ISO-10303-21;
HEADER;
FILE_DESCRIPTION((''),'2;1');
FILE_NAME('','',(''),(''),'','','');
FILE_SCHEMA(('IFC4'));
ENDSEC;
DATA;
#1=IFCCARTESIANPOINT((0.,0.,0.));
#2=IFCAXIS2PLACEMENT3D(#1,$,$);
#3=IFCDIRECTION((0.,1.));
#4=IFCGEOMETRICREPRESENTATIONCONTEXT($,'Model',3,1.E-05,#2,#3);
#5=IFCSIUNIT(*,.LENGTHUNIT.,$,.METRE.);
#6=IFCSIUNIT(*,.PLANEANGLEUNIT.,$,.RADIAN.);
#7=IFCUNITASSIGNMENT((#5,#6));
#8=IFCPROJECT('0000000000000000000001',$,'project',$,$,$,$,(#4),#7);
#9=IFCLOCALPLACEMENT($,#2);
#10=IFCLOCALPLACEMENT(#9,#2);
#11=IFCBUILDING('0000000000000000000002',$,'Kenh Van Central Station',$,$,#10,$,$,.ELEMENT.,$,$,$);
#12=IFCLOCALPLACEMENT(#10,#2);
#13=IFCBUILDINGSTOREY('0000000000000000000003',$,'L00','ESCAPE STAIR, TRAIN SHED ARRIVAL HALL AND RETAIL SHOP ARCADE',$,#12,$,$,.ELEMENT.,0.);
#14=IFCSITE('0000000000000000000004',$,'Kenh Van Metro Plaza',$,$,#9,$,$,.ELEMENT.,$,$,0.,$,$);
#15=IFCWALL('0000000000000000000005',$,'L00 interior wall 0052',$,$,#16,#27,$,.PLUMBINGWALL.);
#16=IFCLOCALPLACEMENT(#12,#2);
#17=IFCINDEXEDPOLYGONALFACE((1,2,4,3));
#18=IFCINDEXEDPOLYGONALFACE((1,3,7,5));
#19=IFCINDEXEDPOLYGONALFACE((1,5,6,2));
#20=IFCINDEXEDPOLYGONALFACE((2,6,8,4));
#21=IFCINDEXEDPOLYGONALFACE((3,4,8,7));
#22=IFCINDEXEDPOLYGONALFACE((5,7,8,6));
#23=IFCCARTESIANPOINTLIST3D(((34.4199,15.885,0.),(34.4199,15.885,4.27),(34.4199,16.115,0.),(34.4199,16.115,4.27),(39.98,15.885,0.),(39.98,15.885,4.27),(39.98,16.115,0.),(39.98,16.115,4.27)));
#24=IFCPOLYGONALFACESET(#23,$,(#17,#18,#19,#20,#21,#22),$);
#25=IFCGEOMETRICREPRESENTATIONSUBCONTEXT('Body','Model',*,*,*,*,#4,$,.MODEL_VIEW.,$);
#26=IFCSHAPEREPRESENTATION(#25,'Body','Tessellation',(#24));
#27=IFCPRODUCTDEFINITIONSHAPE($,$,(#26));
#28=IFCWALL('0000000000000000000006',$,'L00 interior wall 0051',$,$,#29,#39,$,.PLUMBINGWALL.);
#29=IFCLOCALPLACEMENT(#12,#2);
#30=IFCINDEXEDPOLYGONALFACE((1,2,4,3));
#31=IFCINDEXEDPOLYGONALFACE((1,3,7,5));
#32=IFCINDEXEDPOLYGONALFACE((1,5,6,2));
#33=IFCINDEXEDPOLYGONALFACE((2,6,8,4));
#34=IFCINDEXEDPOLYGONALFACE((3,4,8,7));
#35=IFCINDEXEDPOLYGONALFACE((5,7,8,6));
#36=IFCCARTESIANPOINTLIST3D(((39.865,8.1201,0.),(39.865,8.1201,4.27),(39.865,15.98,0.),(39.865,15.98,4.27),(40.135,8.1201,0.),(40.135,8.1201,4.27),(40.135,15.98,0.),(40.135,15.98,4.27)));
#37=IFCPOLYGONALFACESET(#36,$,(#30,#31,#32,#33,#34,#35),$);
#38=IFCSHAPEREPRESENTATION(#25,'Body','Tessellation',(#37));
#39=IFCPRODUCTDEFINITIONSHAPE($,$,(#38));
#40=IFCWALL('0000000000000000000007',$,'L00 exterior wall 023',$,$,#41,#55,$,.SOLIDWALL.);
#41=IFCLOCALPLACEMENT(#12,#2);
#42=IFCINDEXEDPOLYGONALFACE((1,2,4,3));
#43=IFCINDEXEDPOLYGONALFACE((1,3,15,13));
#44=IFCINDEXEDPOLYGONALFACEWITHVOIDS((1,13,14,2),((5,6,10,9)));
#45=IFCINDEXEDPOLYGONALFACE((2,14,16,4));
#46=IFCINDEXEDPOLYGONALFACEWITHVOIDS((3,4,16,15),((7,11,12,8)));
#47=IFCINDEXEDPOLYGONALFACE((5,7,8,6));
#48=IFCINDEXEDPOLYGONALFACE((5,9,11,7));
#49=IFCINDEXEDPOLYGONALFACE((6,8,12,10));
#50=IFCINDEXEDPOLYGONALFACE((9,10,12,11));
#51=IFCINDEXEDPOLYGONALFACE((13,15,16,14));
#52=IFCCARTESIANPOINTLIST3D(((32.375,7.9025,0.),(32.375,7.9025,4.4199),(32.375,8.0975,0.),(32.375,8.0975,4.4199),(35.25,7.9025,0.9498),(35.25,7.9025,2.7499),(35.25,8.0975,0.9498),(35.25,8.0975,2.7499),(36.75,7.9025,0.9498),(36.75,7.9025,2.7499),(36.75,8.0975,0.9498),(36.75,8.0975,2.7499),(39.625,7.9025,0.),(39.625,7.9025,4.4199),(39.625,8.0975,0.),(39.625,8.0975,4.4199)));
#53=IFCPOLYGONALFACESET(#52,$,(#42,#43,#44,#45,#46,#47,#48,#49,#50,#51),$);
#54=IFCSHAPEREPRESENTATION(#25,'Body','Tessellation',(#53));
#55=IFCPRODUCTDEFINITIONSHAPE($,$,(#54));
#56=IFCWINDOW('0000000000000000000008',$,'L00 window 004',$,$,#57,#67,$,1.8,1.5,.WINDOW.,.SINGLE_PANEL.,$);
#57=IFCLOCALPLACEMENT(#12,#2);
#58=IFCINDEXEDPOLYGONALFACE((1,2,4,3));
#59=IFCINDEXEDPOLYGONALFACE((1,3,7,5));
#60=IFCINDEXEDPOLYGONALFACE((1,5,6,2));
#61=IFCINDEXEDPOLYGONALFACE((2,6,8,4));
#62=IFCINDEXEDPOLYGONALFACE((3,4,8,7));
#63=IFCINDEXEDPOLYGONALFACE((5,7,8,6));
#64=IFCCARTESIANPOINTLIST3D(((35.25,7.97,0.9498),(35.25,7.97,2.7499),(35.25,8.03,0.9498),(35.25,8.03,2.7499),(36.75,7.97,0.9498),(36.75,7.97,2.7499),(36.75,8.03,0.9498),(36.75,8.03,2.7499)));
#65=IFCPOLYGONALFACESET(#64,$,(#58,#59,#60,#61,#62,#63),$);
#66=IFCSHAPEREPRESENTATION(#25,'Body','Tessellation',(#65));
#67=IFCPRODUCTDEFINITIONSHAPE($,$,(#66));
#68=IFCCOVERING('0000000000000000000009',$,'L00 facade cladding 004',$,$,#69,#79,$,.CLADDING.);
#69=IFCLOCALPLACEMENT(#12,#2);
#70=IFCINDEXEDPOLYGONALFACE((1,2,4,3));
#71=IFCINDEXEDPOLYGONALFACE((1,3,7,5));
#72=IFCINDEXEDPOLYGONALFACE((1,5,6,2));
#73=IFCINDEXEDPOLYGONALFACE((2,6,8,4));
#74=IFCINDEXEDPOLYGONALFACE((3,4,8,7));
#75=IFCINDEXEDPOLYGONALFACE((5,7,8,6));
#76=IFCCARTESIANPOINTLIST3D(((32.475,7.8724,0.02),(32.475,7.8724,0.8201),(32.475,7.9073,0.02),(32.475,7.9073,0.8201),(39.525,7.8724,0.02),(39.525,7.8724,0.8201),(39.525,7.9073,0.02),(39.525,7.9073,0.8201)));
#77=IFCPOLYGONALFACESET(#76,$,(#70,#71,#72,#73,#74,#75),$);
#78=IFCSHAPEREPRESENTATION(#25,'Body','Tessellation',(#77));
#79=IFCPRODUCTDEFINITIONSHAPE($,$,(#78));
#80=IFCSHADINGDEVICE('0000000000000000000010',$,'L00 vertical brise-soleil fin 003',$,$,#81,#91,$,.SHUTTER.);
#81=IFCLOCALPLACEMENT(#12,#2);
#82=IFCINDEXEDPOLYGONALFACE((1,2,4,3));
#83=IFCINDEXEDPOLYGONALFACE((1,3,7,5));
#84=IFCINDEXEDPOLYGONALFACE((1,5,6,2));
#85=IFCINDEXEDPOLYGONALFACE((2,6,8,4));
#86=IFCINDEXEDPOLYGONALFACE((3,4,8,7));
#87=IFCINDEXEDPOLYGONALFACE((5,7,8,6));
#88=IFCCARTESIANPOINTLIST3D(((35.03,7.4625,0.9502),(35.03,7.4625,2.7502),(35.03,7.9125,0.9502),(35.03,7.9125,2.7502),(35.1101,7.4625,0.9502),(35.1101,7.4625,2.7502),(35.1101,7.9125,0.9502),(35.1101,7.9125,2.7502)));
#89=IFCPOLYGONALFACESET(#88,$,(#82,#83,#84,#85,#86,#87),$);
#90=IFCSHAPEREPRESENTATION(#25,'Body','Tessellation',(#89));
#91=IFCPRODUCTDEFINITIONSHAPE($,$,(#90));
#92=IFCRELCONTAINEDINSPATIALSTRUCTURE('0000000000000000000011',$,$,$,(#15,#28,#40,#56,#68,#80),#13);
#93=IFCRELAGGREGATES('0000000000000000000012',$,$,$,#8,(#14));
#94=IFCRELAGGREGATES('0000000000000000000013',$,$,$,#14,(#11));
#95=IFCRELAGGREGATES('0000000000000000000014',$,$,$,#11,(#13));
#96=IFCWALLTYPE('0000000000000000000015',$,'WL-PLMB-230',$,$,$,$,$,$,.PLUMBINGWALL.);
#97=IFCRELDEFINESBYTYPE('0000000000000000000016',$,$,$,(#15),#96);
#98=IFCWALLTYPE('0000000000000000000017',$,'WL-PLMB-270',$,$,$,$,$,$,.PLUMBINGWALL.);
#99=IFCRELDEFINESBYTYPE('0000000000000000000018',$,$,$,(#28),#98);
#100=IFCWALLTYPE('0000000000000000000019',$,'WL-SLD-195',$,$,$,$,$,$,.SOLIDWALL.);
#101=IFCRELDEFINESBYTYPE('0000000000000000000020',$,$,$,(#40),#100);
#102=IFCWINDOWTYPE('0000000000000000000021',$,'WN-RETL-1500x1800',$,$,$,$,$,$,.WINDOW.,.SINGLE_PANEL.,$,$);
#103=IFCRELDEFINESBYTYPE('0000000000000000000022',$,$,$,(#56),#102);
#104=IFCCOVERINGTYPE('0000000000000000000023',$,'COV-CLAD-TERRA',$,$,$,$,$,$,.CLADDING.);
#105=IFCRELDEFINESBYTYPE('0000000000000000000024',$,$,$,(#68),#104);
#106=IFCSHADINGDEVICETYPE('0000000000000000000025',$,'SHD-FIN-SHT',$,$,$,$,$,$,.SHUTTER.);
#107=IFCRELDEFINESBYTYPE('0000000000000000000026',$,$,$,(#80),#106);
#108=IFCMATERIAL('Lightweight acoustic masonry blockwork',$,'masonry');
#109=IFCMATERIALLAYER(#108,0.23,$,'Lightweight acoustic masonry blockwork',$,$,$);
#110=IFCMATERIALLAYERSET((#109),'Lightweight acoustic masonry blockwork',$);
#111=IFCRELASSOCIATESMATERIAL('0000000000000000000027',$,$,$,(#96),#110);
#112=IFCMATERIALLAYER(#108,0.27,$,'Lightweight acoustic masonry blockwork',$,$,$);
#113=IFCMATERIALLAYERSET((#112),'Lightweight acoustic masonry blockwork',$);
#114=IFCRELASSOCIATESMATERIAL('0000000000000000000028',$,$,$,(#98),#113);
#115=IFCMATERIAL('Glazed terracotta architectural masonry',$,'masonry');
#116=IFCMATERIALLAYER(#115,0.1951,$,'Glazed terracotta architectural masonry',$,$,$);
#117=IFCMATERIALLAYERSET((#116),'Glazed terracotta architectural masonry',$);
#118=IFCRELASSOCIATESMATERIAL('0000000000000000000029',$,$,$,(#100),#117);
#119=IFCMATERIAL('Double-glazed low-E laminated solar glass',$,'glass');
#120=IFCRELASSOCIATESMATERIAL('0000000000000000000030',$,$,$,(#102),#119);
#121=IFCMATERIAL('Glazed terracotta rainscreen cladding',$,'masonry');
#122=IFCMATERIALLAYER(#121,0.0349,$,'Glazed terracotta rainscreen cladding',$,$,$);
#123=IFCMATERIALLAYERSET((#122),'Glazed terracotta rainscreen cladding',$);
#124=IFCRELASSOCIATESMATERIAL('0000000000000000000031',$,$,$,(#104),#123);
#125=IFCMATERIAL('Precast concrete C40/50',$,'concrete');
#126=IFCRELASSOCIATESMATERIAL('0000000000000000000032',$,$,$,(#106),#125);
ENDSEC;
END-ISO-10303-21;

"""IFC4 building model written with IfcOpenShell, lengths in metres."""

from ifc_helpers import new_model, si_unit, direction, frame, frame_2d, origin, origin_2d, place, context, subcontext, project, spatial, rectangle, extrude, material, layer, layer_set, type_object, element, fill, save


model = new_model("IFC4")

# Units and contexts
model_context = context("Model", 3, precision=1e-05, world=origin(), true_north=direction((0.0, 1.0)))
body_context = subcontext(model_context, "Body", "Model", "MODEL_VIEW")
ifc_project = project(units=[si_unit("LENGTHUNIT", "METRE"), si_unit("PLANEANGLEUNIT", "RADIAN")], contexts=[model_context])

# Site, building, storey
site_placement = place(None, origin())
site = spatial("IfcSite", under=ifc_project, at=site_placement, Name="Kenh Van Metro Plaza", CompositionType="ELEMENT", RefElevation=0.0)
building_placement = place(site_placement, origin())
building = spatial("IfcBuilding", under=site, at=building_placement, Name="Kenh Van Central Station", CompositionType="ELEMENT")
storey_placement = place(building_placement, origin())
storey = spatial("IfcBuildingStorey", under=building, at=storey_placement, Name="L00", Description="ESCAPE STAIR, TRAIN SHED ARRIVAL HALL AND RETAIL SHOP ARCADE", CompositionType="ELEMENT", Elevation=0.0)

# Shared definitions
ifc_material_1 = material(Name="Lightweight acoustic masonry blockwork", Category="masonry")

# Walls
ifc_layer_1 = layer(ifc_material_1, 0.23, Name="Lightweight acoustic masonry blockwork")
ifc_layer_set_1 = layer_set([ifc_layer_1], Name="Lightweight acoustic masonry blockwork")
wall_type_1 = type_object("IfcWallType", Name="WL-PLMB-230", PredefinedType="PLUMBINGWALL", material=ifc_layer_set_1)
wall_1_placement = place(storey_placement, frame((34.4199, 16.0, 0.0), z_axis=(0.0, 0.0, 1.0), x_axis=(1.0, 0.0, 0.0)))
element("IfcWall", 1, at=wall_1_placement, inside=storey, type_object=wall_type_1, Name="L00 interior wall 0052", PredefinedType="PLUMBINGWALL", context=body_context, shape_type="SweptSolid", body=[
    extrude(rectangle(XDim=5.5601, YDim=0.23, at=frame_2d((2.78, 0.0))), origin(), (0.0, 0.0, 1.0), 4.27),
])
ifc_layer_2 = layer(ifc_material_1, 0.27, Name="Lightweight acoustic masonry blockwork")
ifc_layer_set_2 = layer_set([ifc_layer_2], Name="Lightweight acoustic masonry blockwork")
wall_type_2 = type_object("IfcWallType", Name="WL-PLMB-270", PredefinedType="PLUMBINGWALL", material=ifc_layer_set_2)
wall_2_placement = place(storey_placement, frame((40.0, 8.1201, 0.0), z_axis=(0.0, 0.0, 1.0), x_axis=(0.0, 1.0, 0.0)))
element("IfcWall", 2, at=wall_2_placement, inside=storey, type_object=wall_type_2, Name="L00 interior wall 0051", PredefinedType="PLUMBINGWALL", context=body_context, shape_type="SweptSolid", body=[
    extrude(rectangle(XDim=7.8599, YDim=0.27, at=frame_2d((3.9299, 0.0))), origin(), (0.0, 0.0, 1.0), 4.27),
])

# Wall, opening, window
ifc_material_2 = material(Name="Glazed terracotta architectural masonry", Category="masonry")
ifc_layer_3 = layer(ifc_material_2, 0.1951, Name="Glazed terracotta architectural masonry")
ifc_layer_set_3 = layer_set([ifc_layer_3], Name="Glazed terracotta architectural masonry")
wall_type_3 = type_object("IfcWallType", Name="WL-SLD-195", PredefinedType="SOLIDWALL", material=ifc_layer_set_3)
wall_3_placement = place(storey_placement, frame((32.375, 8.0, 0.0), z_axis=(0.0, 0.0, 1.0), x_axis=(1.0, 0.0, 0.0)))
wall_3 = element("IfcWall", 3, at=wall_3_placement, inside=storey, type_object=wall_type_3, Name="L00 exterior wall 023", PredefinedType="SOLIDWALL", context=body_context, shape_type="SweptSolid", body=[
    extrude(rectangle(XDim=7.25, YDim=0.1951, at=frame_2d((3.625, 0.0))), origin(), (0.0, 0.0, 1.0), 4.4199),
])
opening_1_placement = place(wall_3_placement, frame((2.875, 0.0, 0.95)))
opening_1 = element("IfcOpeningElement", 4, at=opening_1_placement, cuts=wall_3, PredefinedType="OPENING", context=body_context, shape_type="SweptSolid", body=[
    extrude(rectangle(XDim=1.5, YDim=1.8, at=frame_2d((0.75, 0.8999))), frame((0.0, 0.1074, 0.0), z_axis=(0.0, -1.0, 0.0), x_axis=(1.0, 0.0, 0.0)), (0.0, 0.0, 1.0), 0.2151),
])
ifc_material_3 = material(Name="Double-glazed low-E laminated solar glass", Category="glass")
window_type = type_object("IfcWindowType", Name="WN-RETL-1500x1800", PartitioningType="SINGLE_PANEL", PredefinedType="WINDOW", material=ifc_material_3)
window_placement = place(opening_1_placement, origin())
window = element("IfcWindow", 5, at=window_placement, inside=storey, type_object=window_type, Name="L00 window 004", OverallHeight=1.8, OverallWidth=1.5, PartitioningType="SINGLE_PANEL", PredefinedType="WINDOW", context=body_context, shape_type="SweptSolid", body=[
    extrude(rectangle(XDim=1.5, YDim=1.8, at=frame_2d((0.75, 0.8999))), frame((0.0, 0.03, 0.0), z_axis=(0.0, -1.0, 0.0), x_axis=(1.0, 0.0, 0.0)), (0.0, 0.0, 1.0), 0.0601),
])
fill(opening_1, window)

# Covering
ifc_material_4 = material(Name="Glazed terracotta rainscreen cladding", Category="masonry")
ifc_layer_4 = layer(ifc_material_4, 0.0349, Name="Glazed terracotta rainscreen cladding")
ifc_layer_set_4 = layer_set([ifc_layer_4], Name="Glazed terracotta rainscreen cladding")
covering_type = type_object("IfcCoveringType", Name="COV-CLAD-TERRA", PredefinedType="CLADDING", material=ifc_layer_set_4)
covering_placement = place(storey_placement, frame((36.0, 7.8899, 0.02), z_axis=(0.0, 0.0, 1.0), x_axis=(1.0, 0.0, 0.0)))
element("IfcCovering", 6, at=covering_placement, inside=storey, type_object=covering_type, Name="L00 facade cladding 004", PredefinedType="CLADDING", context=body_context, shape_type="SweptSolid", body=[
    extrude(rectangle(XDim=7.05, YDim=0.0349, at=origin_2d()), origin(), (0.0, 0.0, 1.0), 0.8),
])

# Shading device
ifc_material_5 = material(Name="Precast concrete C40/50", Category="concrete")
shading_device_type = type_object("IfcShadingDeviceType", Name="SHD-FIN-SHT", PredefinedType="SHUTTER", material=ifc_material_5)
shading_device_placement = place(storey_placement, frame((35.0701, 7.6875, 0.9502), z_axis=(0.0, 0.0, 1.0), x_axis=(0.0, -1.0, 0.0)))
element("IfcShadingDevice", 7, at=shading_device_placement, inside=storey, type_object=shading_device_type, Name="L00 vertical brise-soleil fin 003", PredefinedType="SHUTTER", context=body_context, shape_type="SweptSolid", body=[
    extrude(rectangle(XDim=0.45, YDim=0.0801, at=origin_2d()), origin(), (0.0, 0.0, 1.0), 1.8),
])

save(model, "model.ifc")
